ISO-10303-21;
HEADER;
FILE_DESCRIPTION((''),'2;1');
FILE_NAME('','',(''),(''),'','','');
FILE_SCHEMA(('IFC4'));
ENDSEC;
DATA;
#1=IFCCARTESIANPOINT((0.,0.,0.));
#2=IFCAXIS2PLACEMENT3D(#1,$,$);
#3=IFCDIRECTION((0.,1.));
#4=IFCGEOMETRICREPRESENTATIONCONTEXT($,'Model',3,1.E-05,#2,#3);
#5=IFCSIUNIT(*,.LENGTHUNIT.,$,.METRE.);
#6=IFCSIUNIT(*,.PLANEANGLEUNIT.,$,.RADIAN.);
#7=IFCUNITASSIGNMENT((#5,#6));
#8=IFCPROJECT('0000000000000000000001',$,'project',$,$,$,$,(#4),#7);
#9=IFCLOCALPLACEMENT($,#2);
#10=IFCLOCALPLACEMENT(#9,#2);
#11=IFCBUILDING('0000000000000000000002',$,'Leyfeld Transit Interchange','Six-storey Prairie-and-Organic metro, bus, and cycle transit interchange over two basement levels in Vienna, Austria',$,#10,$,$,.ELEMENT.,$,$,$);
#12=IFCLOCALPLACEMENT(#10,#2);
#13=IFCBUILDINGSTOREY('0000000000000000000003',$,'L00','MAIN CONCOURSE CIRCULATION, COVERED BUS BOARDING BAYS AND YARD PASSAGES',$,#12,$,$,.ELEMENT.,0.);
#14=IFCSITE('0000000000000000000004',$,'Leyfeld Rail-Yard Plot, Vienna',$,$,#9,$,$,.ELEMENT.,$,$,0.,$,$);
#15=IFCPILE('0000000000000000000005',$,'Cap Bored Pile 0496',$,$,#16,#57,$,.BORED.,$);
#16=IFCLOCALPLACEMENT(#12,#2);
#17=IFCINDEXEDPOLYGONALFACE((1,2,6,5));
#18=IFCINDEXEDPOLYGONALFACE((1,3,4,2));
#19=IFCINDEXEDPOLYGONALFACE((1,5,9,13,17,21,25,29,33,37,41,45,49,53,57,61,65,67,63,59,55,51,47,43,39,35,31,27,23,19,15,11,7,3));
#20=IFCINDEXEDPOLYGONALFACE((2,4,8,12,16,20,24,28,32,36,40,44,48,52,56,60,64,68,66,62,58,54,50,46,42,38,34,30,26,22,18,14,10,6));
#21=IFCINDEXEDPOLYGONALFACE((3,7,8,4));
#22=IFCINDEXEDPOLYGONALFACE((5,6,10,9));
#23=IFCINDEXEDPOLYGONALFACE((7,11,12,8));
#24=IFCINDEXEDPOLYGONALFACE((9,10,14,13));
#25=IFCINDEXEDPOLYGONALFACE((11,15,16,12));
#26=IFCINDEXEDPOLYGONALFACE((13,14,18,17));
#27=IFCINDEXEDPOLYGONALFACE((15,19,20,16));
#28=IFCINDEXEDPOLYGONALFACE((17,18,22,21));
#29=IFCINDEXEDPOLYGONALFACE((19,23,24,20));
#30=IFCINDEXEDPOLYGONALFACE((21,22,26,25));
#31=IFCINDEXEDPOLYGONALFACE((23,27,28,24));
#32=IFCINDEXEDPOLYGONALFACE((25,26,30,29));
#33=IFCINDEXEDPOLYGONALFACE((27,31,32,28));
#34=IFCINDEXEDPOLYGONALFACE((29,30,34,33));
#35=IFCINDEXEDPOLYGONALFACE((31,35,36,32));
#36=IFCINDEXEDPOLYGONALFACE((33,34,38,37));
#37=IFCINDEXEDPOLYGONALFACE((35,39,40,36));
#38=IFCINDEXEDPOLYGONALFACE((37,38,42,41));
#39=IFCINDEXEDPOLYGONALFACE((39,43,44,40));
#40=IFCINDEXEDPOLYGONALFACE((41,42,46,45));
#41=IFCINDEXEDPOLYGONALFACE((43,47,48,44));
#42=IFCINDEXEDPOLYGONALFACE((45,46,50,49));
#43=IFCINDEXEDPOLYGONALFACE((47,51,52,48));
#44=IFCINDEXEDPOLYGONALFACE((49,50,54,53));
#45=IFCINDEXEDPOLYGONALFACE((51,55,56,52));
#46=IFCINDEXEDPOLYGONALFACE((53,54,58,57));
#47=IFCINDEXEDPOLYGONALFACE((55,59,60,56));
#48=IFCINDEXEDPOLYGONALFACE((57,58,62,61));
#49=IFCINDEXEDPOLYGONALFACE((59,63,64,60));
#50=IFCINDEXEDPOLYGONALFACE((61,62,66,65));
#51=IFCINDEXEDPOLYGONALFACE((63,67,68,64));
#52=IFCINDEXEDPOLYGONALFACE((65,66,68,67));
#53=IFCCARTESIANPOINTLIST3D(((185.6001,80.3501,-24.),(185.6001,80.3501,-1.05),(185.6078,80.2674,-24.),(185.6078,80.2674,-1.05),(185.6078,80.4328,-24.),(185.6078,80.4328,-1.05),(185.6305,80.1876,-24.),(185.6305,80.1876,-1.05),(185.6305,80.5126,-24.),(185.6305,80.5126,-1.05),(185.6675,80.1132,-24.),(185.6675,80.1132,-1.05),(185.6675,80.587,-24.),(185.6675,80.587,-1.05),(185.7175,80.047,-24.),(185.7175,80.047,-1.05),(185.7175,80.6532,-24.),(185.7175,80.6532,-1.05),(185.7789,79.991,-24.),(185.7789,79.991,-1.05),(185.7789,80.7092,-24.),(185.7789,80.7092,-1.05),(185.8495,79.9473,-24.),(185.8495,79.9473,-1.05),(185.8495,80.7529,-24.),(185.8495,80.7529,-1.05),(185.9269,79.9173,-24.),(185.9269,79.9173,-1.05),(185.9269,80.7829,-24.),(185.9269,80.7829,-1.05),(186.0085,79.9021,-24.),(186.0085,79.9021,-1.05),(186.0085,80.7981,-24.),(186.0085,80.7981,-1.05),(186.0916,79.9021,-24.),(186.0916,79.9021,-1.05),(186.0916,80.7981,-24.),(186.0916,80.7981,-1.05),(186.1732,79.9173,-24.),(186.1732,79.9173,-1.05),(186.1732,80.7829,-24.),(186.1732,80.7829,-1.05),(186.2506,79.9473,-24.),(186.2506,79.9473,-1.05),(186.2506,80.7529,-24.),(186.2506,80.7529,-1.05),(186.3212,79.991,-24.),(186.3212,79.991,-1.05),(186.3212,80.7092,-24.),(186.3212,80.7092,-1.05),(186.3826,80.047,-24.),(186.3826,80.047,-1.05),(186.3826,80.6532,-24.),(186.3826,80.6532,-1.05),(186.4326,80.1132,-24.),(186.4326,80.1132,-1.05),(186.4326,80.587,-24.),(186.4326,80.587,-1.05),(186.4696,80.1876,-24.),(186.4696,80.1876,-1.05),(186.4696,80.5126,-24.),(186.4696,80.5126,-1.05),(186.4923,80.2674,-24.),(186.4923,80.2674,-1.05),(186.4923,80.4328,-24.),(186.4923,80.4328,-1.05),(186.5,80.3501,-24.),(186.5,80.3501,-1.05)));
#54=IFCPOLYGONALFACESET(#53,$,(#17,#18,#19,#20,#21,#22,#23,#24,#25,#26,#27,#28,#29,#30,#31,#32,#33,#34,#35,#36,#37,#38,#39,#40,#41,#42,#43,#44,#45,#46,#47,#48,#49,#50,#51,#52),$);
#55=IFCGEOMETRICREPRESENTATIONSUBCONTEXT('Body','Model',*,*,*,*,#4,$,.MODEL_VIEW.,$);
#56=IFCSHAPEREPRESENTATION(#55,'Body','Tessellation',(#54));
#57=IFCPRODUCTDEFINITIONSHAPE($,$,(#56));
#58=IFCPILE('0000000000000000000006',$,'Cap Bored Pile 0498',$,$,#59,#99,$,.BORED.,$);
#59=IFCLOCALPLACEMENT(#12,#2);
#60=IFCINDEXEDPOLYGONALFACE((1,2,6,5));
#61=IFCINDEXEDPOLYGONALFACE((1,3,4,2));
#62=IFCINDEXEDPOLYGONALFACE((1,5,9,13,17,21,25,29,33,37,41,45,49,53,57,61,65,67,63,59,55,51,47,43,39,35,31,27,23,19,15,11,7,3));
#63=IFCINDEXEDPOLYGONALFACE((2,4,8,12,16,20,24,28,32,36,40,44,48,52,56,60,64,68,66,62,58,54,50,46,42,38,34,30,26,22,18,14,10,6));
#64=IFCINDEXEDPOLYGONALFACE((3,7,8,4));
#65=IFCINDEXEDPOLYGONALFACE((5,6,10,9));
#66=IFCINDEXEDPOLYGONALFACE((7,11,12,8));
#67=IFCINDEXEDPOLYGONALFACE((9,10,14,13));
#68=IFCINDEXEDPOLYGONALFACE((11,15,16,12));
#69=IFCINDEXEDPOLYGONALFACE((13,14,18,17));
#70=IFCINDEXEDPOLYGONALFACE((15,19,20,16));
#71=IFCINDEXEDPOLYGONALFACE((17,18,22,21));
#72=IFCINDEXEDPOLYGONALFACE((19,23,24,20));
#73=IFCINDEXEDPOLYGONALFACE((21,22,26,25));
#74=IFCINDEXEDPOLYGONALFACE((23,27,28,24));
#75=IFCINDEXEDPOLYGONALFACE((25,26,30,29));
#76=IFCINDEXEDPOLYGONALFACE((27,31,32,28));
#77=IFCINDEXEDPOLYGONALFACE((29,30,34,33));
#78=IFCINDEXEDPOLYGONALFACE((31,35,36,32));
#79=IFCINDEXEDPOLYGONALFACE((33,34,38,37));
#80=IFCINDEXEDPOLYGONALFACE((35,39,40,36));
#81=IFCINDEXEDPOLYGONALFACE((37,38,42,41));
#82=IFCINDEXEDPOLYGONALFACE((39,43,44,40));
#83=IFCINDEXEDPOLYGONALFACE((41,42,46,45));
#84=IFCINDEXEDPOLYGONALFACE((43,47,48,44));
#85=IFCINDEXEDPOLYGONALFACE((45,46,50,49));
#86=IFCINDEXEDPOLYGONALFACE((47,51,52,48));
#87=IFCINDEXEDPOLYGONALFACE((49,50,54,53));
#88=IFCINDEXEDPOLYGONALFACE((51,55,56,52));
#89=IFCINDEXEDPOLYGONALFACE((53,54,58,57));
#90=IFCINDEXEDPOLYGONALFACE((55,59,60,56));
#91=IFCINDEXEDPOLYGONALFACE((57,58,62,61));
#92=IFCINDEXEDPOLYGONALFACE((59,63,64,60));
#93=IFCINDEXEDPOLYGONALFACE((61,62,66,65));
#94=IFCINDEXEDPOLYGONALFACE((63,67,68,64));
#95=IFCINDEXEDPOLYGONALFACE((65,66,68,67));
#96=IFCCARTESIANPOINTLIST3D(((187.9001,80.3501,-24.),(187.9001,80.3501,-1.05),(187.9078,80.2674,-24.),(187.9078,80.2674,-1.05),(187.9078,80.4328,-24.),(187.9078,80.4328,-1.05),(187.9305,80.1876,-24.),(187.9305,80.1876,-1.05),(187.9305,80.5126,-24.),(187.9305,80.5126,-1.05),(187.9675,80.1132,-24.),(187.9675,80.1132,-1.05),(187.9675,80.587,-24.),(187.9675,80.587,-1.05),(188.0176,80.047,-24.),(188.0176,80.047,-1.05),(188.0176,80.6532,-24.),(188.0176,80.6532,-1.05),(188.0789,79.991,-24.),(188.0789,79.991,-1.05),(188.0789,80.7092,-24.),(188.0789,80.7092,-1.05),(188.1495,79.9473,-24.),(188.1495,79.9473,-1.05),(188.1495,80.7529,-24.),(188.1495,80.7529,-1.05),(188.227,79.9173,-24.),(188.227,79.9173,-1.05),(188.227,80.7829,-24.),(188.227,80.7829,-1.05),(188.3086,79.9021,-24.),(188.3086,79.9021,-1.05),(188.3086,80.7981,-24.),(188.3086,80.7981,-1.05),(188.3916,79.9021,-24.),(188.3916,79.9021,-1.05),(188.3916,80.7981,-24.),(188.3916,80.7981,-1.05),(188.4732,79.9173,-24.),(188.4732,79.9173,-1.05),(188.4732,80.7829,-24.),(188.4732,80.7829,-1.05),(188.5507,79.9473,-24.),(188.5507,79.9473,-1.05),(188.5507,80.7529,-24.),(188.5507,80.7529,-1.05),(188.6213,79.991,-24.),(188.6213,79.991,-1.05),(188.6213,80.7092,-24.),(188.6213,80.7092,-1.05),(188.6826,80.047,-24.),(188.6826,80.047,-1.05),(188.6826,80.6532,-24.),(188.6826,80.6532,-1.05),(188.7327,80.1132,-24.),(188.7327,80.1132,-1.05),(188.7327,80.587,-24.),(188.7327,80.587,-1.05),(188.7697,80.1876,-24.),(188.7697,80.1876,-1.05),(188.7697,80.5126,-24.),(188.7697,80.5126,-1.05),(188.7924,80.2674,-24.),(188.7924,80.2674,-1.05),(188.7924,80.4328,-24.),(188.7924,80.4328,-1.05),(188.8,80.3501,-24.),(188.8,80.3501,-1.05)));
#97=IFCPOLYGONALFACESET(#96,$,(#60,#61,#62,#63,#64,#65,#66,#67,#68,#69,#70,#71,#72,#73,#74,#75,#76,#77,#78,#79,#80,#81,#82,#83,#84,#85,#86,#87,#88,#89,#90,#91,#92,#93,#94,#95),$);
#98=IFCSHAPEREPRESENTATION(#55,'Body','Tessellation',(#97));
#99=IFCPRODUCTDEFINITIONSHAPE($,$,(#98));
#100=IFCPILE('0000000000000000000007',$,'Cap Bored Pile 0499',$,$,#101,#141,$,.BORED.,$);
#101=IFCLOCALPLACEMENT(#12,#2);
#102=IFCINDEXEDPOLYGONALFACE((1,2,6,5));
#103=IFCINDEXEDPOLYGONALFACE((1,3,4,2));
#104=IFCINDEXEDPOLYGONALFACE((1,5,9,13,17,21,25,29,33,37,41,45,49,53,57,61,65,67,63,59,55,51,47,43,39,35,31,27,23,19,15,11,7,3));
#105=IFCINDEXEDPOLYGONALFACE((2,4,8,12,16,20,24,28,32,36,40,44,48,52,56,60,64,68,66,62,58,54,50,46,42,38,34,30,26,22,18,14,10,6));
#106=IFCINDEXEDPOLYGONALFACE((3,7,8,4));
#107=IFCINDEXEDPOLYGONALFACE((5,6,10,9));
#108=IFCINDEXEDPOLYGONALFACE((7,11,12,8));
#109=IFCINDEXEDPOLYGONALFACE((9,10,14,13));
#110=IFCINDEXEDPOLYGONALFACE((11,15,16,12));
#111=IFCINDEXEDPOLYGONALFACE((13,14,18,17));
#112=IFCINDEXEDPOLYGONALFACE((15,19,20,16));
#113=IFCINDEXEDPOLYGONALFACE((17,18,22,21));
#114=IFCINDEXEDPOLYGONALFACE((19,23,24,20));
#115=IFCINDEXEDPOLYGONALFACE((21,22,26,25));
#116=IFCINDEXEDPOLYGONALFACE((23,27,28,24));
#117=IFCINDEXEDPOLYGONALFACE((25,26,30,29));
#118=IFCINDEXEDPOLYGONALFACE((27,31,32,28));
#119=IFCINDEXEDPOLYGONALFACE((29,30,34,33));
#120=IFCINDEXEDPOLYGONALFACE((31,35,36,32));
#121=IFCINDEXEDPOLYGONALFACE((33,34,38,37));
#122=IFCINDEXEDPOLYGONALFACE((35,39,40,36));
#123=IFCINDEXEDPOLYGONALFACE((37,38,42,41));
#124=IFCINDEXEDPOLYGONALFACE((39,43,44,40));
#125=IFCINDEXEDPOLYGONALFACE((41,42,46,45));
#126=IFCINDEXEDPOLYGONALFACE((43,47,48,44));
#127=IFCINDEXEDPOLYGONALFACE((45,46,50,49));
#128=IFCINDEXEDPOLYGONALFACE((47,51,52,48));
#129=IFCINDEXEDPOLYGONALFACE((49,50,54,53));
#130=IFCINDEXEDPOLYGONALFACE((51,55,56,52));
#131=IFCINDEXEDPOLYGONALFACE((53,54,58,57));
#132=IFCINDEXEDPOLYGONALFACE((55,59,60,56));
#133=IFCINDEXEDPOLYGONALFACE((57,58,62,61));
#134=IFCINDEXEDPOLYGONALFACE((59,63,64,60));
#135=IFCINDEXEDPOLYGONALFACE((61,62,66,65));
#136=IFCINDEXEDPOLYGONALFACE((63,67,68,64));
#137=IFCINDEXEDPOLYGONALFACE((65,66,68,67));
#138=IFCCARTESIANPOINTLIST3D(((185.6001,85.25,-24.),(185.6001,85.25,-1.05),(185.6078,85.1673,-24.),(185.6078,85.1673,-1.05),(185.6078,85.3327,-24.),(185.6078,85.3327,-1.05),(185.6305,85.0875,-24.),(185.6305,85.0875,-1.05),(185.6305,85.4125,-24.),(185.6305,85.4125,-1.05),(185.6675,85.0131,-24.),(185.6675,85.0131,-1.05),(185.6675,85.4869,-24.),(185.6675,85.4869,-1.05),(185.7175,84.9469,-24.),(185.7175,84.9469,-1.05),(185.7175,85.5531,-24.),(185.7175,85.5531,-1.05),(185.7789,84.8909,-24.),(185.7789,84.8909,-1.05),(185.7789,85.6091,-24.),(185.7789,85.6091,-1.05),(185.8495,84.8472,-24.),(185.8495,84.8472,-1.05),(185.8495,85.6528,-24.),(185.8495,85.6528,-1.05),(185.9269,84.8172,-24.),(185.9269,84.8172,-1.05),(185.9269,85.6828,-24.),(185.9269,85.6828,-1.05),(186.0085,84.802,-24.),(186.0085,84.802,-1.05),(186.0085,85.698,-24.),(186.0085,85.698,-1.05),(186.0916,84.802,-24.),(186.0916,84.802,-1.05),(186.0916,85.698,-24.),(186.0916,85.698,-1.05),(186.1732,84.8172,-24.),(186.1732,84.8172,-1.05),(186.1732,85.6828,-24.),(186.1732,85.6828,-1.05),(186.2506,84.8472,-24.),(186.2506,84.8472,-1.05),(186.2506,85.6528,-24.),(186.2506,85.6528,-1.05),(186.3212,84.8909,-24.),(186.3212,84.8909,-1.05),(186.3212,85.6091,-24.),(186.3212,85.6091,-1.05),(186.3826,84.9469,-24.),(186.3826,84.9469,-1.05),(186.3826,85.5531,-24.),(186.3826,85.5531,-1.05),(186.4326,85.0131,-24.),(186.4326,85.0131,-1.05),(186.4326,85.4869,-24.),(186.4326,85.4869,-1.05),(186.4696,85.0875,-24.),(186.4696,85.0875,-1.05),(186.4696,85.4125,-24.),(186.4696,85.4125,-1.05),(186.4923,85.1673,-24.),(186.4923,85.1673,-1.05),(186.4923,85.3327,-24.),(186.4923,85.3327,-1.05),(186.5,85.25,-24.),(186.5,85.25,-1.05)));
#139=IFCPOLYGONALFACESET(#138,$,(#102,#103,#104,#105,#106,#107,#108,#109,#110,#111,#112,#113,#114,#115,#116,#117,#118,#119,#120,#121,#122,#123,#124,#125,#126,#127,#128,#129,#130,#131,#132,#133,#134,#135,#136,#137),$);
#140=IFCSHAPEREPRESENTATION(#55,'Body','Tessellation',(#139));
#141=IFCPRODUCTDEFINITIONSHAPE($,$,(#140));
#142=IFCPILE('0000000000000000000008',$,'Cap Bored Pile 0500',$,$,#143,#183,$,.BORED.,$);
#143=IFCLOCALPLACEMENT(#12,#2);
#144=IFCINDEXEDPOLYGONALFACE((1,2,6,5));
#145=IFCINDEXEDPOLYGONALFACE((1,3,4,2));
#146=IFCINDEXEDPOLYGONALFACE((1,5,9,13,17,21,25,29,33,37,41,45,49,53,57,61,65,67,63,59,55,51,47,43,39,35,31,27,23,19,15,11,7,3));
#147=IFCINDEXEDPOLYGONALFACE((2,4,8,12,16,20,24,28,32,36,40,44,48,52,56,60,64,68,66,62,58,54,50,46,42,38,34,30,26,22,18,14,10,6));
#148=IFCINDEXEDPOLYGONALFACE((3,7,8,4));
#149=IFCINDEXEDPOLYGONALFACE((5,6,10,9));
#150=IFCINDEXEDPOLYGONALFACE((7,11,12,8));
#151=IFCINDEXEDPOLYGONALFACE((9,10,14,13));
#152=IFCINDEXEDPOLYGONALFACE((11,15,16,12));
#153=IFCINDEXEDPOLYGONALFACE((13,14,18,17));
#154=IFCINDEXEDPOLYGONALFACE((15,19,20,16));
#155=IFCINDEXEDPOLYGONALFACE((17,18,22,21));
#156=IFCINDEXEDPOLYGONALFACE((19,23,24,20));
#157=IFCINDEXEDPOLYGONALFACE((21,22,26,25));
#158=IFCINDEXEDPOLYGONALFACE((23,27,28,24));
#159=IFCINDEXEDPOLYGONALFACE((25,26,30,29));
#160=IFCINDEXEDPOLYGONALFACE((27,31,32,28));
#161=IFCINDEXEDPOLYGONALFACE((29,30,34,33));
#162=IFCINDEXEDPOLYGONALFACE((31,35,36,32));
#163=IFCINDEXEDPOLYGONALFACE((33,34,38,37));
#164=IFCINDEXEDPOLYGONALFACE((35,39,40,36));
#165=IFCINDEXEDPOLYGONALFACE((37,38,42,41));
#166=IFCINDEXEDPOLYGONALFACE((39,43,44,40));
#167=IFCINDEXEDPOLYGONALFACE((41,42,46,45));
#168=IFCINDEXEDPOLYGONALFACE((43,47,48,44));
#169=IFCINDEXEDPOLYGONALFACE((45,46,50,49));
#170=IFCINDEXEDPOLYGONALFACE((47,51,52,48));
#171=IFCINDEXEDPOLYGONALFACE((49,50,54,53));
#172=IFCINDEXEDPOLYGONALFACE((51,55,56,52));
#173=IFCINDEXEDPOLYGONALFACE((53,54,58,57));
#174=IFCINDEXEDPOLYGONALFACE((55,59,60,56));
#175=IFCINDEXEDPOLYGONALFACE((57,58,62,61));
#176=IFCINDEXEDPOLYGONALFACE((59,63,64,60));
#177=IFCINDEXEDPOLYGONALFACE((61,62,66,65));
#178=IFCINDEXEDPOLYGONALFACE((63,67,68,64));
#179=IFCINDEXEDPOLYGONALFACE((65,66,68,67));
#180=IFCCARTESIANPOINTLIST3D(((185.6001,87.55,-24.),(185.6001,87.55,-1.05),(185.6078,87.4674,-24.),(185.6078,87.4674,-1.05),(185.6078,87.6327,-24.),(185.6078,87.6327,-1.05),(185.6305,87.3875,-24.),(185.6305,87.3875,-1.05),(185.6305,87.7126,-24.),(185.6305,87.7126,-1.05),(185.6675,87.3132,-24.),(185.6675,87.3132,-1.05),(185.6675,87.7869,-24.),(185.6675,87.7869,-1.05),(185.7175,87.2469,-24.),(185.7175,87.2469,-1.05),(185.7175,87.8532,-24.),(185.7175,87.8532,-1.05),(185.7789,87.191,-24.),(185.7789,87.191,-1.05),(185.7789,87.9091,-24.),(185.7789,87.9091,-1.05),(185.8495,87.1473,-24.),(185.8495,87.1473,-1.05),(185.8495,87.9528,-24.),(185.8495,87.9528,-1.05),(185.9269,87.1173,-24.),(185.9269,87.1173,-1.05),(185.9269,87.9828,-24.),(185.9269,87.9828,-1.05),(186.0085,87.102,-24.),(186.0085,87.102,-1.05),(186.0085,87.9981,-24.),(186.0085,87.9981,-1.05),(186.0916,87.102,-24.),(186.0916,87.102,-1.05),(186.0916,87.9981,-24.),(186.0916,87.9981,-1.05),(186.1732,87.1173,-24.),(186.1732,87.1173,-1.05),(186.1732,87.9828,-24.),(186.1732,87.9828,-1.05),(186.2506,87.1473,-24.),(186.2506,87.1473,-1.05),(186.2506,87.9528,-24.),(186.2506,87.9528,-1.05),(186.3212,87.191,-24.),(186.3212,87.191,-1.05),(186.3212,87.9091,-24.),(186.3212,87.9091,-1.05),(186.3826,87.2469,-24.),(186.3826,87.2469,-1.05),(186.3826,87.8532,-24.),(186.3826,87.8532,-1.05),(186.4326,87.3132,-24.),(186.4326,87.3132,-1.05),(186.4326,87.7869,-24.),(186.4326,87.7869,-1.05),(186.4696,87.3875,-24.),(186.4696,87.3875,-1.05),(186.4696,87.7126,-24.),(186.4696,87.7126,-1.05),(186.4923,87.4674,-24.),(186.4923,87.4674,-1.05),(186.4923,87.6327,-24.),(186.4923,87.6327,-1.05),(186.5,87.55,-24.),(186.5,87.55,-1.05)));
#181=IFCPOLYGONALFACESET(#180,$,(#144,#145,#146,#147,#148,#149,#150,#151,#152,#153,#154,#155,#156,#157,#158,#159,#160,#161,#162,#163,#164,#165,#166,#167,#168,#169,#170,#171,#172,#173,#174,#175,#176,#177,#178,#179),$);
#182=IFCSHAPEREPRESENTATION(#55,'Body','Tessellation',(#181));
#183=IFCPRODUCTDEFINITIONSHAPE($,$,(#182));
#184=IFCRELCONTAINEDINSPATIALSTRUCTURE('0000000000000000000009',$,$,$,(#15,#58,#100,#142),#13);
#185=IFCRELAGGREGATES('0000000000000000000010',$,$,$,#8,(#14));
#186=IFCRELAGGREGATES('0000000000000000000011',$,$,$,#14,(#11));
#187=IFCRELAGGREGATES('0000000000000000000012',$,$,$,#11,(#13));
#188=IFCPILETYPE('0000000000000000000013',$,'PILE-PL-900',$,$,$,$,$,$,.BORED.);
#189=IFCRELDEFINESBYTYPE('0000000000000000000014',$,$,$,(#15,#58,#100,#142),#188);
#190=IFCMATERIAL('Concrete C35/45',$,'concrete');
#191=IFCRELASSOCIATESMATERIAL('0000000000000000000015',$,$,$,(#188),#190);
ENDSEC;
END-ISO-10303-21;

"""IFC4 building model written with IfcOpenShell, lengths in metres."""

from ifc_helpers import new_model, si_unit, direction, frame, origin, origin_2d, place, context, subcontext, project, spatial, circle, extrude, material, material_profile, profile_set, type_object, element, save


model = new_model("IFC4")

# Units and contexts
model_context = context("Model", 3, precision=1e-05, world=origin(), true_north=direction((0.0, 1.0)))
body_context = subcontext(model_context, "Body", "Model", "MODEL_VIEW")
ifc_project = project(units=[si_unit("LENGTHUNIT", "METRE"), si_unit("PLANEANGLEUNIT", "RADIAN")], contexts=[model_context])

# Site, building, storey
site_placement = place(None, origin())
site = spatial("IfcSite", under=ifc_project, at=site_placement, Name="Leyfeld Rail-Yard Plot, Vienna", CompositionType="ELEMENT", RefElevation=0.0)
building_placement = place(site_placement, origin())
building = spatial("IfcBuilding", under=site, at=building_placement, Name="Leyfeld Transit Interchange", Description="Six-storey Prairie-and-Organic metro, bus, and cycle transit interchange over two basement levels in Vienna, Austria", CompositionType="ELEMENT")
storey_placement = place(building_placement, origin())
storey = spatial("IfcBuildingStorey", under=building, at=storey_placement, Name="L00", Description="MAIN CONCOURSE CIRCULATION, COVERED BUS BOARDING BAYS AND YARD PASSAGES", CompositionType="ELEMENT", Elevation=0.0)

# Shared definitions
ifc_material_1 = material(Name="Concrete C35/45", Category="concrete")

# Piles
ifc_material_profile_1 = material_profile(ifc_material_1, circle(Radius=0.45, at=origin_2d()), Name="PILE D900")
ifc_profile_set_1 = profile_set([ifc_material_profile_1], Name="Concrete C35/45")
pile_type = type_object("IfcPileType", Name="PILE-PL-900", PredefinedType="BORED", material=ifc_profile_set_1)
for number, where, z_axis, x_axis, name in (
    (1, (186.05, 80.3501, -1.05), (0.0, 0.0, -1.0), (1.0, 0.0, 0.0), "Cap Bored Pile 0496"),
    (2, (188.3501, 80.3501, -1.05), (0.0, 0.0, -1.0), (1.0, 0.0, 0.0), "Cap Bored Pile 0498"),
    (3, (186.05, 85.25, -1.05), (0.0, 0.0, -1.0), (1.0, 0.0, 0.0), "Cap Bored Pile 0499"),
    (4, (186.05, 87.55, -1.05), (0.0, 0.0, -1.0), (1.0, 0.0, 0.0), "Cap Bored Pile 0500"),
):
    element("IfcPile", number, at=place(storey_placement, frame(where, z_axis=z_axis, x_axis=x_axis)), inside=storey, type_object=pile_type, Name=name, PredefinedType="BORED", context=body_context, shape_type="SweptSolid", body=[
        extrude(circle(Radius=0.45, at=origin_2d()), origin(), (0.0, 0.0, 1.0), 22.95),
    ])

save(model, "model.ifc")
